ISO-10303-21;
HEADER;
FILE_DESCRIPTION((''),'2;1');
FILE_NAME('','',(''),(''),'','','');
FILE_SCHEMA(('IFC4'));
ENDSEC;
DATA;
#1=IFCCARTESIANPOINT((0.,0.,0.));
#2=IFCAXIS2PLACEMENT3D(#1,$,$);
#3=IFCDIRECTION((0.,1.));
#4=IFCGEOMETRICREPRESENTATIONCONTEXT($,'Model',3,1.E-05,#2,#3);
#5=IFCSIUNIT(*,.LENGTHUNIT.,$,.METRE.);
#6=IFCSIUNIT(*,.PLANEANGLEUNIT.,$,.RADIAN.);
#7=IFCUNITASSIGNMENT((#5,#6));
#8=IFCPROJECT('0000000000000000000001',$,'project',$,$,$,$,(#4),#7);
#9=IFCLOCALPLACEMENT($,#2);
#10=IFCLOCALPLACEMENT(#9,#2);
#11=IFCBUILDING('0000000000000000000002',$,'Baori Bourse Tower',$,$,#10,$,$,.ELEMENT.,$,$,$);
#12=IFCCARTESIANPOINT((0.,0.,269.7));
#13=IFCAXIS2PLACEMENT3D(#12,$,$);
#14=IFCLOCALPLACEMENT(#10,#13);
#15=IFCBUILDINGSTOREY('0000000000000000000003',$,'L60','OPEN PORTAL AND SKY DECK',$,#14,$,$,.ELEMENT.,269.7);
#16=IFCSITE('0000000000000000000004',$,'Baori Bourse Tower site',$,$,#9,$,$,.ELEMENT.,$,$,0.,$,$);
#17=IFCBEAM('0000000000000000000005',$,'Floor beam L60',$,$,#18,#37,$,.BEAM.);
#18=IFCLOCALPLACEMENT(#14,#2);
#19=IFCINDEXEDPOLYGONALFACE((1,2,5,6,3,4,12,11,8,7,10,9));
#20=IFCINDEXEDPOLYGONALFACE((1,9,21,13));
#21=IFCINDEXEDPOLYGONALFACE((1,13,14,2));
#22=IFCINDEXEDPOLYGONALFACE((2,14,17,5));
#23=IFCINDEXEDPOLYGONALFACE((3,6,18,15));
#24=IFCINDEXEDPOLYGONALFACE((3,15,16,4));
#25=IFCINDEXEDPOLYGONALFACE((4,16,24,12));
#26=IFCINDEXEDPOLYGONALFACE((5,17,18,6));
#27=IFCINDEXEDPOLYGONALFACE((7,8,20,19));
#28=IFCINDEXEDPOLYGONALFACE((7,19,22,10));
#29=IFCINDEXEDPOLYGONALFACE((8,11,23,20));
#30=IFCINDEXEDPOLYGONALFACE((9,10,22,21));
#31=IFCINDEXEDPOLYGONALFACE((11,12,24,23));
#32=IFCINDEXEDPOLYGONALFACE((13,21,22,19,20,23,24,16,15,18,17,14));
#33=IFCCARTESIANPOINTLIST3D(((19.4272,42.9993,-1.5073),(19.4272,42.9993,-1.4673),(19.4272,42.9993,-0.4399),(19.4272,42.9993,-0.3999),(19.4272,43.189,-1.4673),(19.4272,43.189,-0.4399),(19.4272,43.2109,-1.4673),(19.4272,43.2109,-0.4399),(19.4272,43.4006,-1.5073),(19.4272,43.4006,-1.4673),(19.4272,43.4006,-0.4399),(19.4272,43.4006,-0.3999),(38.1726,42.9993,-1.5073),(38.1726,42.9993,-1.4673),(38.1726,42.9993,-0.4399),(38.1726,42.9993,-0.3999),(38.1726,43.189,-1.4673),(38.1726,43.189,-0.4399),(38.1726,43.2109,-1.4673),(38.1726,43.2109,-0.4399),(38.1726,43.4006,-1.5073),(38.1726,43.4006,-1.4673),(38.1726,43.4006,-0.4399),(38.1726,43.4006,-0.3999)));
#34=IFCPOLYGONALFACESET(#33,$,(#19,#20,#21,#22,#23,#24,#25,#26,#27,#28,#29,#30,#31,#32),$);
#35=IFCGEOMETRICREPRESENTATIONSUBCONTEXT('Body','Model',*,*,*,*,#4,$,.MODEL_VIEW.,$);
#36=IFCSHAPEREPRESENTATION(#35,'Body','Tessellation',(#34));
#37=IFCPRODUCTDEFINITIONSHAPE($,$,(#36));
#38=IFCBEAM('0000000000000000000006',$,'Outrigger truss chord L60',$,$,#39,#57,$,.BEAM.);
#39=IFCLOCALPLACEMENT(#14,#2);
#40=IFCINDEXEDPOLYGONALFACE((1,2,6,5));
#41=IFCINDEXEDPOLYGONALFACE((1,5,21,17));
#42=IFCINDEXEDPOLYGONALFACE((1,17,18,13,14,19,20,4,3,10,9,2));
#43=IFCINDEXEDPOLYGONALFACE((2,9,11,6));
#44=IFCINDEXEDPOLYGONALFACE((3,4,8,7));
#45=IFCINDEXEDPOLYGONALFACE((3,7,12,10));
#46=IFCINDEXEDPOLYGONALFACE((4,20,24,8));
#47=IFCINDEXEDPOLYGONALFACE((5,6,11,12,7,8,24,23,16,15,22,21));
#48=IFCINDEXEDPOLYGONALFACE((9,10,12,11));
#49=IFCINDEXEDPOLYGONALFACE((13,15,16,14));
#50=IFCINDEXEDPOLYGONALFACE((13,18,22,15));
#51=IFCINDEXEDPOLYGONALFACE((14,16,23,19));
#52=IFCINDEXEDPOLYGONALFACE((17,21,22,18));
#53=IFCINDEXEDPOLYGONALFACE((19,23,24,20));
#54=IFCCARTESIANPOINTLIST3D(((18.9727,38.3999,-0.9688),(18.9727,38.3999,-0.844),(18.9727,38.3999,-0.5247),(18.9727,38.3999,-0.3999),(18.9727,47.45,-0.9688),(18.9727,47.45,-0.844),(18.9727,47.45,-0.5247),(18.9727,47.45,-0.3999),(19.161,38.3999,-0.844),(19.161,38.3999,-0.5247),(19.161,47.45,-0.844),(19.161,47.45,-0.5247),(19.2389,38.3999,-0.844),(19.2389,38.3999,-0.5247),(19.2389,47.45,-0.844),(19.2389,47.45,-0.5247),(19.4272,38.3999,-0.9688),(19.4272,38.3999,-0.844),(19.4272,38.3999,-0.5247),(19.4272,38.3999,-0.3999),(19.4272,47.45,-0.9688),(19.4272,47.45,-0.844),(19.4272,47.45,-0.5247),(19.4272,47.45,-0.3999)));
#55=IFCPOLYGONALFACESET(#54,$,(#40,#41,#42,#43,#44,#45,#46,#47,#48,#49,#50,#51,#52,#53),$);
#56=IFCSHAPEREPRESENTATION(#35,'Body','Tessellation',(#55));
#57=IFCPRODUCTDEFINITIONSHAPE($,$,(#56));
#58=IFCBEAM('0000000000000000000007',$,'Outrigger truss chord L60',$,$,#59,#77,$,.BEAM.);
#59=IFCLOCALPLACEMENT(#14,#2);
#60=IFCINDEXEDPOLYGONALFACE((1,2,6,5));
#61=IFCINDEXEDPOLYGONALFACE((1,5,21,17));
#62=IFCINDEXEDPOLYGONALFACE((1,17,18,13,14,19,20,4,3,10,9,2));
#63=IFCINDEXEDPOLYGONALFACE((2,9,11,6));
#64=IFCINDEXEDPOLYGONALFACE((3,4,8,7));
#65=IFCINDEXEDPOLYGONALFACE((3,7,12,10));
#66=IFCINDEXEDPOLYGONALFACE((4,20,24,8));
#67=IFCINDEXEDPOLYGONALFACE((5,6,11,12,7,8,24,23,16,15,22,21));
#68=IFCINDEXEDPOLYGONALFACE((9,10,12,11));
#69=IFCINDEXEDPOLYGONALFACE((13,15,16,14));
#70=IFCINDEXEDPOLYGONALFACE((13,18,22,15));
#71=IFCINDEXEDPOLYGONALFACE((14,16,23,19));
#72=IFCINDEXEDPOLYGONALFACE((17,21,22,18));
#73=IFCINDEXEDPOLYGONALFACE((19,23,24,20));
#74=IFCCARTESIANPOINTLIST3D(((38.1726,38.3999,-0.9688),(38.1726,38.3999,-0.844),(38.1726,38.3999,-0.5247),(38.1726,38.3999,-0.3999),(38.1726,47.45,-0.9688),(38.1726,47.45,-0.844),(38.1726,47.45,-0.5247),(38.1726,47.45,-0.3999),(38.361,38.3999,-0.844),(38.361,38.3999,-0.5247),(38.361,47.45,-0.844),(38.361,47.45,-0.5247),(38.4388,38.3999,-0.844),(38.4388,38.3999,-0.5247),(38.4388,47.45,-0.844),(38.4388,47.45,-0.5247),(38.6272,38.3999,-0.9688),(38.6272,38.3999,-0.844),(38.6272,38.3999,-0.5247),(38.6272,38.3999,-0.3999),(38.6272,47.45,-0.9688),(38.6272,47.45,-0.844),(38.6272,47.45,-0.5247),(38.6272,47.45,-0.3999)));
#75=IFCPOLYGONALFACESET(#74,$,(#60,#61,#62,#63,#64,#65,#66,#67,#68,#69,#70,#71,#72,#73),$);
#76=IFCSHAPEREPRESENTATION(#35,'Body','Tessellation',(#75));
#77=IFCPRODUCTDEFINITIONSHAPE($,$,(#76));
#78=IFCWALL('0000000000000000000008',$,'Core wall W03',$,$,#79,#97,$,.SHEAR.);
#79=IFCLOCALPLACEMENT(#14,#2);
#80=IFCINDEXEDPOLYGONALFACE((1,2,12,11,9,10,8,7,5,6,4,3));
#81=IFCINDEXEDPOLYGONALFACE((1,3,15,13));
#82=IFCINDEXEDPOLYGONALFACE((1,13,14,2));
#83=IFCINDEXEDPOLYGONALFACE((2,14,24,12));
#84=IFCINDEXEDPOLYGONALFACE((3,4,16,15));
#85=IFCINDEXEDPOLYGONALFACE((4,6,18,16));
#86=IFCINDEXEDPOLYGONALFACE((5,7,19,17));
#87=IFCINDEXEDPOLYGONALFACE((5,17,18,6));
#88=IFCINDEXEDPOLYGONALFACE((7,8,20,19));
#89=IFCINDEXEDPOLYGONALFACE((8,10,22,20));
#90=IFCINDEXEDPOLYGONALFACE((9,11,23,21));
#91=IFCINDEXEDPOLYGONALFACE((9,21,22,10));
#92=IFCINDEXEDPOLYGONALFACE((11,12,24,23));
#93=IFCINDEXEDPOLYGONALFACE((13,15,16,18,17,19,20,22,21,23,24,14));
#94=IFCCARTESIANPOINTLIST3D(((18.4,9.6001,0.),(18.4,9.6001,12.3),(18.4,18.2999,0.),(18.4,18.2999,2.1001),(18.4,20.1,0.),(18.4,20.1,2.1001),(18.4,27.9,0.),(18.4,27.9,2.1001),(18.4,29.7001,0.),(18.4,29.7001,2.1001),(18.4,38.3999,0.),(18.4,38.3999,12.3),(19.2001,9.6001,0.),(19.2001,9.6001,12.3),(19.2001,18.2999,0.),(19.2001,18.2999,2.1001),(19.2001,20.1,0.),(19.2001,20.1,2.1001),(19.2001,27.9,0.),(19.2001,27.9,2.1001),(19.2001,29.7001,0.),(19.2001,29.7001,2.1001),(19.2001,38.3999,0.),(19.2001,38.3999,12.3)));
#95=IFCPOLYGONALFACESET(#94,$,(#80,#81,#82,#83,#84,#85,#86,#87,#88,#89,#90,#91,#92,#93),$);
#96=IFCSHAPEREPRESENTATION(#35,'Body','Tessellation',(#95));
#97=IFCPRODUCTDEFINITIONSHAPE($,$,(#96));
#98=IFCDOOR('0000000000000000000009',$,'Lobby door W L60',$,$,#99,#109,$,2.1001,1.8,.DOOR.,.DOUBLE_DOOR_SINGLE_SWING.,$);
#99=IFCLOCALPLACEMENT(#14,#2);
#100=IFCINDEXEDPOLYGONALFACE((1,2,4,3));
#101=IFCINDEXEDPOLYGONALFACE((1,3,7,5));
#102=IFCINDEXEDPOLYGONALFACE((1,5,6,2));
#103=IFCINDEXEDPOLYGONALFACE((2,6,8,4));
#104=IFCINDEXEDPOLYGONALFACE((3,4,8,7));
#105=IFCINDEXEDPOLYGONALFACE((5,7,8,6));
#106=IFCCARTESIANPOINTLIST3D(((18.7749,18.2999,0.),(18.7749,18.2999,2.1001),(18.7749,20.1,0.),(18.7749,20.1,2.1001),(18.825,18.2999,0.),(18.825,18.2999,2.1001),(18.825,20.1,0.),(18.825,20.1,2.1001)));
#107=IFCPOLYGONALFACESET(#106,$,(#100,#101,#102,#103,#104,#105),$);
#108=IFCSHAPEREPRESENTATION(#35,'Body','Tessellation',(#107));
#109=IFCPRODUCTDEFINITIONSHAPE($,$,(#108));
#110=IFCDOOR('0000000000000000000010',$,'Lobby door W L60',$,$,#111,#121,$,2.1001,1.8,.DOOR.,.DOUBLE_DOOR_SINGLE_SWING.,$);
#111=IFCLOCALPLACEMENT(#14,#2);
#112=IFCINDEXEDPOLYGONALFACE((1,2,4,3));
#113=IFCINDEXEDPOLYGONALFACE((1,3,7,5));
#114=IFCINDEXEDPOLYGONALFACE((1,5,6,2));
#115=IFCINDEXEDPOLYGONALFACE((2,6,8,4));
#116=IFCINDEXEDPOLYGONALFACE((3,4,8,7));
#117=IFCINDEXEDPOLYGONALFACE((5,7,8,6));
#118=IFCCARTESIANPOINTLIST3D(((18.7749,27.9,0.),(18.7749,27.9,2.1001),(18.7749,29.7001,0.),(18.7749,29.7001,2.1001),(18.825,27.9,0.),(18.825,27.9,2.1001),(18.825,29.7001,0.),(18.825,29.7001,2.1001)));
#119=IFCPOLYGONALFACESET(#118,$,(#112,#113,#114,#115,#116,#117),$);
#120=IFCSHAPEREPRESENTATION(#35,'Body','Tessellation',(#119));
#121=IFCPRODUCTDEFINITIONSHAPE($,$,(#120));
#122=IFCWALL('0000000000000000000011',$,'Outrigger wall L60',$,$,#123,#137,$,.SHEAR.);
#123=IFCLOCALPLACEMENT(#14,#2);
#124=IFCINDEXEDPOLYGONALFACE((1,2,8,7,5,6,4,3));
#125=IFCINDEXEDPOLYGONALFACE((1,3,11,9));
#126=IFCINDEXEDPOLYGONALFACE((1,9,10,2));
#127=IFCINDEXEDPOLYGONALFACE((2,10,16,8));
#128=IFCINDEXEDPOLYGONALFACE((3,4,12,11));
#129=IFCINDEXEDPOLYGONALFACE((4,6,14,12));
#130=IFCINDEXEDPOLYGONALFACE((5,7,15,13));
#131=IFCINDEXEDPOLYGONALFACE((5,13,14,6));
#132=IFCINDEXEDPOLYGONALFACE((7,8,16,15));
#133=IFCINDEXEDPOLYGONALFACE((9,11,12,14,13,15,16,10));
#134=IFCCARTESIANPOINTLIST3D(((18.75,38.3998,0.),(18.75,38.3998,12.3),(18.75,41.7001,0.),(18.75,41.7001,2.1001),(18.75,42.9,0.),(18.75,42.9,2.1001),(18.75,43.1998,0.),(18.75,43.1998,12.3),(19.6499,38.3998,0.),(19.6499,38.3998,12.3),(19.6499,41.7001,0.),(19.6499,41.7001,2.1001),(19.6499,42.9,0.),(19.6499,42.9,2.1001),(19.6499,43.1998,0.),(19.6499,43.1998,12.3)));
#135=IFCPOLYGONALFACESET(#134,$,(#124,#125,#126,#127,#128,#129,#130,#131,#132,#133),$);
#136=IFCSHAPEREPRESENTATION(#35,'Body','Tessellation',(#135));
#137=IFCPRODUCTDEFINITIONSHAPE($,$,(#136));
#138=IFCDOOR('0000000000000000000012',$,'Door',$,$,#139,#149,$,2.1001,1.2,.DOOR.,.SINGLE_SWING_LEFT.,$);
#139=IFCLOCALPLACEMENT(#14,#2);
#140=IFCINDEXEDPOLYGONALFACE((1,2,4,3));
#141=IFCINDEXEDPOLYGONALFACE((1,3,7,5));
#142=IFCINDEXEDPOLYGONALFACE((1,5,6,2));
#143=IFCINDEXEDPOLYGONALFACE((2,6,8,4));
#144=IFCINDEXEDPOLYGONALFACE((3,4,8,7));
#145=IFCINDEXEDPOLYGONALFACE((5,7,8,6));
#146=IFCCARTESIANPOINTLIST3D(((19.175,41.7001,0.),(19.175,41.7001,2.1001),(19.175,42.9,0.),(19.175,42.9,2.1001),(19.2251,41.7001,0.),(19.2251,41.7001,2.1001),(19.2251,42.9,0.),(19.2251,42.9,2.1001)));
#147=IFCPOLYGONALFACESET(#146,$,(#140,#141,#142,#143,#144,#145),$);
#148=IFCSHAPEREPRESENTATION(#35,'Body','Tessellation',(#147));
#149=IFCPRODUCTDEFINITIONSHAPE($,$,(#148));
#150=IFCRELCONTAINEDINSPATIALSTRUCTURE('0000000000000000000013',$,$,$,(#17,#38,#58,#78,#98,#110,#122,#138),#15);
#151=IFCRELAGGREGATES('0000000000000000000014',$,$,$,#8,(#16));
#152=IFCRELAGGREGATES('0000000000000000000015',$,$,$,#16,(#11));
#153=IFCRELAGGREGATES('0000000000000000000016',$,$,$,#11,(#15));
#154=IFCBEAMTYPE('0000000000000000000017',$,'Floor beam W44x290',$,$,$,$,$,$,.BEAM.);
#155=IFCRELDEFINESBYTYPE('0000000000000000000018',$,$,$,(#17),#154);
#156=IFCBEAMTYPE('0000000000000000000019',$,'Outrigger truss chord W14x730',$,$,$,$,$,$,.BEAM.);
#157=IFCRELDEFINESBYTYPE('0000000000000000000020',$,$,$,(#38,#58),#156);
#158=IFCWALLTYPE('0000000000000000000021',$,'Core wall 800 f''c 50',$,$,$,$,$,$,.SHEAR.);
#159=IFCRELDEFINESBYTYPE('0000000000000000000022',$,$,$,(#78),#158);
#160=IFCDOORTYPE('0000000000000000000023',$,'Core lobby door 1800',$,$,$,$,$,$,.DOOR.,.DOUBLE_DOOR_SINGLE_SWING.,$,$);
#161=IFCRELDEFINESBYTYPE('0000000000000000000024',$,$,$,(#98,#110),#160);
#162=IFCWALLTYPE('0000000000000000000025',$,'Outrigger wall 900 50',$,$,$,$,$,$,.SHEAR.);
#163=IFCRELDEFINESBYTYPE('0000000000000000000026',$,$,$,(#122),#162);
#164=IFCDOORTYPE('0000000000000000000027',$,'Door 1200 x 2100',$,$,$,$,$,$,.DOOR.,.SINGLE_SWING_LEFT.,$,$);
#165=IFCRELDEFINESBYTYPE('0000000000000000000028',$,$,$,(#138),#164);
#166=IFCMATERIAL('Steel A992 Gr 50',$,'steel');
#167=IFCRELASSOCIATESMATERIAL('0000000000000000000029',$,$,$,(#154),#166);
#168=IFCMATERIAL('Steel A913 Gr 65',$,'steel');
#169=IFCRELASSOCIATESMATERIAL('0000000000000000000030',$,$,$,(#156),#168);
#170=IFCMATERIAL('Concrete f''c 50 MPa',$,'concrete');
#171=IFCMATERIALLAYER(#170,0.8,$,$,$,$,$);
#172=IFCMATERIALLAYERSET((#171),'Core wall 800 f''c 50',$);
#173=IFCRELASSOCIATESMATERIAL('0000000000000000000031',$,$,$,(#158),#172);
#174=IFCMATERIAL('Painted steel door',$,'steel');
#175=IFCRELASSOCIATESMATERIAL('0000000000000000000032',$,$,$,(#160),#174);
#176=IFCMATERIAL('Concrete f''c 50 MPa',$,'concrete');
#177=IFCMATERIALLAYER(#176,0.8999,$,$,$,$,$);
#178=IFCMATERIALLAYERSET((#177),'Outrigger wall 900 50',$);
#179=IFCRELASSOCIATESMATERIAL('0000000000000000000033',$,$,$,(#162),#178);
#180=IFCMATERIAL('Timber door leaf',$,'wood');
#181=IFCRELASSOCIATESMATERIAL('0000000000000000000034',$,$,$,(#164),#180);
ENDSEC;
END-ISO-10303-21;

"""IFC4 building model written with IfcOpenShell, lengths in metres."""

from ifc_helpers import new_model, si_unit, direction, frame, frame_2d, origin, origin_2d, place, context, subcontext, project, spatial, rectangle, i_section, extrude, material, layer, layer_set, material_profile, profile_set, type_object, element, fill, save


model = new_model("IFC4")

# Units and contexts
model_context = context("Model", 3, precision=1e-05, world=origin(), true_north=direction((0.0, 1.0)))
body_context = subcontext(model_context, "Body", "Model", "MODEL_VIEW")
ifc_project = project(units=[si_unit("LENGTHUNIT", "METRE"), si_unit("PLANEANGLEUNIT", "RADIAN")], contexts=[model_context])

# Site, building, storey
site_placement = place(None, origin())
site = spatial("IfcSite", under=ifc_project, at=site_placement, Name="Baori Bourse Tower site", CompositionType="ELEMENT", RefElevation=0.0)
building_placement = place(site_placement, origin())
building = spatial("IfcBuilding", under=site, at=building_placement, Name="Baori Bourse Tower", CompositionType="ELEMENT")
storey_placement = place(building_placement, frame((0.0, 0.0, 269.7)))
storey = spatial("IfcBuildingStorey", under=building, at=storey_placement, Name="L60", Description="OPEN PORTAL AND SKY DECK", CompositionType="ELEMENT", Elevation=269.7)

# Beams
ifc_material_1 = material(Name="Steel A992 Gr 50", Category="steel")
ifc_material_profile_1 = material_profile(ifc_material_1, i_section(OverallWidth=0.4014, OverallDepth=1.1074, WebThickness=0.022, FlangeThickness=0.04, at=origin_2d()), Name="W44x290")
ifc_profile_set_1 = profile_set([ifc_material_profile_1], Name="Steel A992 Gr 50")
beam_type_1 = type_object("IfcBeamType", Name="Floor beam W44x290", PredefinedType="BEAM", material=ifc_profile_set_1)
beam_placement = place(storey_placement, frame((19.4272, 43.2, -0.9536), z_axis=(1.0, 0.0, 0.0), x_axis=(0.0, 1.0, 0.0)))
element("IfcBeam", 1, at=beam_placement, inside=storey, type_object=beam_type_1, Name="Floor beam L60", PredefinedType="BEAM", context=body_context, shape_type="SweptSolid", body=[
    extrude(i_section(OverallWidth=0.4014, OverallDepth=1.1074, WebThickness=0.022, FlangeThickness=0.04, at=origin_2d()), origin(), (0.0, 0.0, 1.0), 18.7454),
])
ifc_material_2 = material(Name="Steel A913 Gr 65", Category="steel")
ifc_material_profile_2 = material_profile(ifc_material_2, i_section(OverallWidth=0.4546, OverallDepth=0.5688, WebThickness=0.0779, FlangeThickness=0.1248, at=origin_2d()), Name="W14x730")
ifc_profile_set_2 = profile_set([ifc_material_profile_2], Name="Steel A913 Gr 65")
beam_type_2 = type_object("IfcBeamType", Name="Outrigger truss chord W14x730", PredefinedType="BEAM", material=ifc_profile_set_2)
for number, where, z_axis, x_axis, name in (
    (2, (19.2, 38.3999, -0.6843), (0.0, 1.0, 0.0), (-1.0, 0.0, 0.0), "Outrigger truss chord L60"),
    (3, (38.3999, 38.3999, -0.6843), (0.0, 1.0, 0.0), (-1.0, 0.0, 0.0), "Outrigger truss chord L60"),
):
    element("IfcBeam", number, at=place(storey_placement, frame(where, z_axis=z_axis, x_axis=x_axis)), inside=storey, type_object=beam_type_2, Name=name, PredefinedType="BEAM", context=body_context, shape_type="SweptSolid", body=[
        extrude(i_section(OverallWidth=0.4546, OverallDepth=0.5688, WebThickness=0.0779, FlangeThickness=0.1248, at=origin_2d()), origin(), (0.0, 0.0, 1.0), 9.05),
    ])

# Wall, openings, doors
ifc_material_3 = material(Name="Concrete f'c 50 MPa", Category="concrete")
ifc_layer_1 = layer(ifc_material_3, 0.8)
ifc_layer_set_1 = layer_set([ifc_layer_1], Name="Core wall 800 f'c 50")
wall_type_1 = type_object("IfcWallType", Name="Core wall 800 f'c 50", PredefinedType="SHEAR", material=ifc_layer_set_1)
wall_1_placement = place(storey_placement, frame((18.8, 38.3999, 0.0), z_axis=(0.0, 0.0, 1.0), x_axis=(0.0, -1.0, 0.0)))
wall_1 = element("IfcWall", 4, at=wall_1_placement, inside=storey, type_object=wall_type_1, Name="Core wall W03", PredefinedType="SHEAR", context=body_context, shape_type="SweptSolid", body=[
    extrude(rectangle(XDim=28.7998, YDim=0.8, at=frame_2d((14.3999, 0.0))), origin(), (0.0, 0.0, 1.0), 12.3),
])
opening_1_placement = place(wall_1_placement, frame((18.3, 0.0, 0.0)))
opening_1 = element("IfcOpeningElement", 5, at=opening_1_placement, cuts=wall_1, PredefinedType="OPENING", context=body_context, shape_type="SweptSolid", body=[
    extrude(rectangle(XDim=1.8, YDim=2.1001, at=frame_2d((0.8999, 1.05))), frame((0.0, 0.4099, 0.0), z_axis=(0.0, -1.0, 0.0), x_axis=(1.0, 0.0, 0.0)), (0.0, 0.0, 1.0), 0.8201),
])
opening_2_placement = place(wall_1_placement, frame((8.7, 0.0, 0.0)))
opening_2 = element("IfcOpeningElement", 6, at=opening_2_placement, cuts=wall_1, PredefinedType="OPENING", context=body_context, shape_type="SweptSolid", body=[
    extrude(rectangle(XDim=1.8, YDim=2.1001, at=frame_2d((0.8999, 1.05))), frame((0.0, 0.4099, 0.0), z_axis=(0.0, -1.0, 0.0), x_axis=(1.0, 0.0, 0.0)), (0.0, 0.0, 1.0), 0.8201),
])
ifc_material_4 = material(Name="Painted steel door", Category="steel")
door_type_1 = type_object("IfcDoorType", Name="Core lobby door 1800", OperationType="DOUBLE_DOOR_SINGLE_SWING", PredefinedType="DOOR", material=ifc_material_4)
door_1_placement = place(opening_1_placement, origin())
door_1 = element("IfcDoor", 7, at=door_1_placement, inside=storey, type_object=door_type_1, Name="Lobby door W L60", OperationType="DOUBLE_DOOR_SINGLE_SWING", OverallHeight=2.1001, OverallWidth=1.8, PredefinedType="DOOR", context=body_context, shape_type="SweptSolid", body=[
    extrude(rectangle(XDim=1.8, YDim=2.1001, at=frame_2d((0.8999, 1.05))), frame((0.0, 0.0249, 0.0), z_axis=(0.0, -1.0, 0.0), x_axis=(1.0, 0.0, 0.0)), (0.0, 0.0, 1.0), 0.05),
])
fill(opening_1, door_1)
door_2_placement = place(opening_2_placement, origin())
door_2 = element("IfcDoor", 8, at=door_2_placement, inside=storey, type_object=door_type_1, Name="Lobby door W L60", OperationType="DOUBLE_DOOR_SINGLE_SWING", OverallHeight=2.1001, OverallWidth=1.8, PredefinedType="DOOR", context=body_context, shape_type="SweptSolid", body=[
    extrude(rectangle(XDim=1.8, YDim=2.1001, at=frame_2d((0.8999, 1.05))), frame((0.0, 0.0249, 0.0), z_axis=(0.0, -1.0, 0.0), x_axis=(1.0, 0.0, 0.0)), (0.0, 0.0, 1.0), 0.05),
])
fill(opening_2, door_2)

# Wall, opening, door
ifc_material_5 = material(Name="Concrete f'c 50 MPa", Category="concrete")
ifc_layer_2 = layer(ifc_material_5, 0.8999)
ifc_layer_set_2 = layer_set([ifc_layer_2], Name="Outrigger wall 900 50")
wall_type_2 = type_object("IfcWallType", Name="Outrigger wall 900 50", PredefinedType="SHEAR", material=ifc_layer_set_2)
wall_2_placement = place(storey_placement, frame((19.2, 38.3999, 0.0), z_axis=(0.0, 0.0, 1.0), x_axis=(0.0, 1.0, 0.0)))
wall_2 = element("IfcWall", 9, at=wall_2_placement, inside=storey, type_object=wall_type_2, Name="Outrigger wall L60", PredefinedType="SHEAR", context=body_context, shape_type="SweptSolid", body=[
    extrude(rectangle(XDim=4.8, YDim=0.8999, at=frame_2d((2.3999, 0.0))), origin(), (0.0, 0.0, 1.0), 12.3),
])
opening_3_placement = place(wall_2_placement, frame((3.3, 0.0, 0.0)))
opening_3 = element("IfcOpeningElement", 10, at=opening_3_placement, cuts=wall_2, PredefinedType="OPENING", context=body_context, shape_type="SweptSolid", body=[
    extrude(rectangle(XDim=1.2, YDim=2.1001, at=frame_2d((0.6001, 1.05))), frame((0.0, 0.46, 0.0), z_axis=(0.0, -1.0, 0.0), x_axis=(1.0, 0.0, 0.0)), (0.0, 0.0, 1.0), 0.9199),
])
ifc_material_6 = material(Name="Timber door leaf", Category="wood")
door_type_2 = type_object("IfcDoorType", Name="Door 1200 x 2100", OperationType="SINGLE_SWING_LEFT", PredefinedType="DOOR", material=ifc_material_6)
door_3_placement = place(opening_3_placement, origin())
door_3 = element("IfcDoor", 11, at=door_3_placement, inside=storey, type_object=door_type_2, Name="Door", OperationType="SINGLE_SWING_LEFT", OverallHeight=2.1001, OverallWidth=1.2, PredefinedType="DOOR", context=body_context, shape_type="SweptSolid", body=[
    extrude(rectangle(XDim=1.2, YDim=2.1001, at=frame_2d((0.6001, 1.05))), frame((0.0, 0.0249, 0.0), z_axis=(0.0, -1.0, 0.0), x_axis=(1.0, 0.0, 0.0)), (0.0, 0.0, 1.0), 0.05),
])
fill(opening_3, door_3)

save(model, "model.ifc")
